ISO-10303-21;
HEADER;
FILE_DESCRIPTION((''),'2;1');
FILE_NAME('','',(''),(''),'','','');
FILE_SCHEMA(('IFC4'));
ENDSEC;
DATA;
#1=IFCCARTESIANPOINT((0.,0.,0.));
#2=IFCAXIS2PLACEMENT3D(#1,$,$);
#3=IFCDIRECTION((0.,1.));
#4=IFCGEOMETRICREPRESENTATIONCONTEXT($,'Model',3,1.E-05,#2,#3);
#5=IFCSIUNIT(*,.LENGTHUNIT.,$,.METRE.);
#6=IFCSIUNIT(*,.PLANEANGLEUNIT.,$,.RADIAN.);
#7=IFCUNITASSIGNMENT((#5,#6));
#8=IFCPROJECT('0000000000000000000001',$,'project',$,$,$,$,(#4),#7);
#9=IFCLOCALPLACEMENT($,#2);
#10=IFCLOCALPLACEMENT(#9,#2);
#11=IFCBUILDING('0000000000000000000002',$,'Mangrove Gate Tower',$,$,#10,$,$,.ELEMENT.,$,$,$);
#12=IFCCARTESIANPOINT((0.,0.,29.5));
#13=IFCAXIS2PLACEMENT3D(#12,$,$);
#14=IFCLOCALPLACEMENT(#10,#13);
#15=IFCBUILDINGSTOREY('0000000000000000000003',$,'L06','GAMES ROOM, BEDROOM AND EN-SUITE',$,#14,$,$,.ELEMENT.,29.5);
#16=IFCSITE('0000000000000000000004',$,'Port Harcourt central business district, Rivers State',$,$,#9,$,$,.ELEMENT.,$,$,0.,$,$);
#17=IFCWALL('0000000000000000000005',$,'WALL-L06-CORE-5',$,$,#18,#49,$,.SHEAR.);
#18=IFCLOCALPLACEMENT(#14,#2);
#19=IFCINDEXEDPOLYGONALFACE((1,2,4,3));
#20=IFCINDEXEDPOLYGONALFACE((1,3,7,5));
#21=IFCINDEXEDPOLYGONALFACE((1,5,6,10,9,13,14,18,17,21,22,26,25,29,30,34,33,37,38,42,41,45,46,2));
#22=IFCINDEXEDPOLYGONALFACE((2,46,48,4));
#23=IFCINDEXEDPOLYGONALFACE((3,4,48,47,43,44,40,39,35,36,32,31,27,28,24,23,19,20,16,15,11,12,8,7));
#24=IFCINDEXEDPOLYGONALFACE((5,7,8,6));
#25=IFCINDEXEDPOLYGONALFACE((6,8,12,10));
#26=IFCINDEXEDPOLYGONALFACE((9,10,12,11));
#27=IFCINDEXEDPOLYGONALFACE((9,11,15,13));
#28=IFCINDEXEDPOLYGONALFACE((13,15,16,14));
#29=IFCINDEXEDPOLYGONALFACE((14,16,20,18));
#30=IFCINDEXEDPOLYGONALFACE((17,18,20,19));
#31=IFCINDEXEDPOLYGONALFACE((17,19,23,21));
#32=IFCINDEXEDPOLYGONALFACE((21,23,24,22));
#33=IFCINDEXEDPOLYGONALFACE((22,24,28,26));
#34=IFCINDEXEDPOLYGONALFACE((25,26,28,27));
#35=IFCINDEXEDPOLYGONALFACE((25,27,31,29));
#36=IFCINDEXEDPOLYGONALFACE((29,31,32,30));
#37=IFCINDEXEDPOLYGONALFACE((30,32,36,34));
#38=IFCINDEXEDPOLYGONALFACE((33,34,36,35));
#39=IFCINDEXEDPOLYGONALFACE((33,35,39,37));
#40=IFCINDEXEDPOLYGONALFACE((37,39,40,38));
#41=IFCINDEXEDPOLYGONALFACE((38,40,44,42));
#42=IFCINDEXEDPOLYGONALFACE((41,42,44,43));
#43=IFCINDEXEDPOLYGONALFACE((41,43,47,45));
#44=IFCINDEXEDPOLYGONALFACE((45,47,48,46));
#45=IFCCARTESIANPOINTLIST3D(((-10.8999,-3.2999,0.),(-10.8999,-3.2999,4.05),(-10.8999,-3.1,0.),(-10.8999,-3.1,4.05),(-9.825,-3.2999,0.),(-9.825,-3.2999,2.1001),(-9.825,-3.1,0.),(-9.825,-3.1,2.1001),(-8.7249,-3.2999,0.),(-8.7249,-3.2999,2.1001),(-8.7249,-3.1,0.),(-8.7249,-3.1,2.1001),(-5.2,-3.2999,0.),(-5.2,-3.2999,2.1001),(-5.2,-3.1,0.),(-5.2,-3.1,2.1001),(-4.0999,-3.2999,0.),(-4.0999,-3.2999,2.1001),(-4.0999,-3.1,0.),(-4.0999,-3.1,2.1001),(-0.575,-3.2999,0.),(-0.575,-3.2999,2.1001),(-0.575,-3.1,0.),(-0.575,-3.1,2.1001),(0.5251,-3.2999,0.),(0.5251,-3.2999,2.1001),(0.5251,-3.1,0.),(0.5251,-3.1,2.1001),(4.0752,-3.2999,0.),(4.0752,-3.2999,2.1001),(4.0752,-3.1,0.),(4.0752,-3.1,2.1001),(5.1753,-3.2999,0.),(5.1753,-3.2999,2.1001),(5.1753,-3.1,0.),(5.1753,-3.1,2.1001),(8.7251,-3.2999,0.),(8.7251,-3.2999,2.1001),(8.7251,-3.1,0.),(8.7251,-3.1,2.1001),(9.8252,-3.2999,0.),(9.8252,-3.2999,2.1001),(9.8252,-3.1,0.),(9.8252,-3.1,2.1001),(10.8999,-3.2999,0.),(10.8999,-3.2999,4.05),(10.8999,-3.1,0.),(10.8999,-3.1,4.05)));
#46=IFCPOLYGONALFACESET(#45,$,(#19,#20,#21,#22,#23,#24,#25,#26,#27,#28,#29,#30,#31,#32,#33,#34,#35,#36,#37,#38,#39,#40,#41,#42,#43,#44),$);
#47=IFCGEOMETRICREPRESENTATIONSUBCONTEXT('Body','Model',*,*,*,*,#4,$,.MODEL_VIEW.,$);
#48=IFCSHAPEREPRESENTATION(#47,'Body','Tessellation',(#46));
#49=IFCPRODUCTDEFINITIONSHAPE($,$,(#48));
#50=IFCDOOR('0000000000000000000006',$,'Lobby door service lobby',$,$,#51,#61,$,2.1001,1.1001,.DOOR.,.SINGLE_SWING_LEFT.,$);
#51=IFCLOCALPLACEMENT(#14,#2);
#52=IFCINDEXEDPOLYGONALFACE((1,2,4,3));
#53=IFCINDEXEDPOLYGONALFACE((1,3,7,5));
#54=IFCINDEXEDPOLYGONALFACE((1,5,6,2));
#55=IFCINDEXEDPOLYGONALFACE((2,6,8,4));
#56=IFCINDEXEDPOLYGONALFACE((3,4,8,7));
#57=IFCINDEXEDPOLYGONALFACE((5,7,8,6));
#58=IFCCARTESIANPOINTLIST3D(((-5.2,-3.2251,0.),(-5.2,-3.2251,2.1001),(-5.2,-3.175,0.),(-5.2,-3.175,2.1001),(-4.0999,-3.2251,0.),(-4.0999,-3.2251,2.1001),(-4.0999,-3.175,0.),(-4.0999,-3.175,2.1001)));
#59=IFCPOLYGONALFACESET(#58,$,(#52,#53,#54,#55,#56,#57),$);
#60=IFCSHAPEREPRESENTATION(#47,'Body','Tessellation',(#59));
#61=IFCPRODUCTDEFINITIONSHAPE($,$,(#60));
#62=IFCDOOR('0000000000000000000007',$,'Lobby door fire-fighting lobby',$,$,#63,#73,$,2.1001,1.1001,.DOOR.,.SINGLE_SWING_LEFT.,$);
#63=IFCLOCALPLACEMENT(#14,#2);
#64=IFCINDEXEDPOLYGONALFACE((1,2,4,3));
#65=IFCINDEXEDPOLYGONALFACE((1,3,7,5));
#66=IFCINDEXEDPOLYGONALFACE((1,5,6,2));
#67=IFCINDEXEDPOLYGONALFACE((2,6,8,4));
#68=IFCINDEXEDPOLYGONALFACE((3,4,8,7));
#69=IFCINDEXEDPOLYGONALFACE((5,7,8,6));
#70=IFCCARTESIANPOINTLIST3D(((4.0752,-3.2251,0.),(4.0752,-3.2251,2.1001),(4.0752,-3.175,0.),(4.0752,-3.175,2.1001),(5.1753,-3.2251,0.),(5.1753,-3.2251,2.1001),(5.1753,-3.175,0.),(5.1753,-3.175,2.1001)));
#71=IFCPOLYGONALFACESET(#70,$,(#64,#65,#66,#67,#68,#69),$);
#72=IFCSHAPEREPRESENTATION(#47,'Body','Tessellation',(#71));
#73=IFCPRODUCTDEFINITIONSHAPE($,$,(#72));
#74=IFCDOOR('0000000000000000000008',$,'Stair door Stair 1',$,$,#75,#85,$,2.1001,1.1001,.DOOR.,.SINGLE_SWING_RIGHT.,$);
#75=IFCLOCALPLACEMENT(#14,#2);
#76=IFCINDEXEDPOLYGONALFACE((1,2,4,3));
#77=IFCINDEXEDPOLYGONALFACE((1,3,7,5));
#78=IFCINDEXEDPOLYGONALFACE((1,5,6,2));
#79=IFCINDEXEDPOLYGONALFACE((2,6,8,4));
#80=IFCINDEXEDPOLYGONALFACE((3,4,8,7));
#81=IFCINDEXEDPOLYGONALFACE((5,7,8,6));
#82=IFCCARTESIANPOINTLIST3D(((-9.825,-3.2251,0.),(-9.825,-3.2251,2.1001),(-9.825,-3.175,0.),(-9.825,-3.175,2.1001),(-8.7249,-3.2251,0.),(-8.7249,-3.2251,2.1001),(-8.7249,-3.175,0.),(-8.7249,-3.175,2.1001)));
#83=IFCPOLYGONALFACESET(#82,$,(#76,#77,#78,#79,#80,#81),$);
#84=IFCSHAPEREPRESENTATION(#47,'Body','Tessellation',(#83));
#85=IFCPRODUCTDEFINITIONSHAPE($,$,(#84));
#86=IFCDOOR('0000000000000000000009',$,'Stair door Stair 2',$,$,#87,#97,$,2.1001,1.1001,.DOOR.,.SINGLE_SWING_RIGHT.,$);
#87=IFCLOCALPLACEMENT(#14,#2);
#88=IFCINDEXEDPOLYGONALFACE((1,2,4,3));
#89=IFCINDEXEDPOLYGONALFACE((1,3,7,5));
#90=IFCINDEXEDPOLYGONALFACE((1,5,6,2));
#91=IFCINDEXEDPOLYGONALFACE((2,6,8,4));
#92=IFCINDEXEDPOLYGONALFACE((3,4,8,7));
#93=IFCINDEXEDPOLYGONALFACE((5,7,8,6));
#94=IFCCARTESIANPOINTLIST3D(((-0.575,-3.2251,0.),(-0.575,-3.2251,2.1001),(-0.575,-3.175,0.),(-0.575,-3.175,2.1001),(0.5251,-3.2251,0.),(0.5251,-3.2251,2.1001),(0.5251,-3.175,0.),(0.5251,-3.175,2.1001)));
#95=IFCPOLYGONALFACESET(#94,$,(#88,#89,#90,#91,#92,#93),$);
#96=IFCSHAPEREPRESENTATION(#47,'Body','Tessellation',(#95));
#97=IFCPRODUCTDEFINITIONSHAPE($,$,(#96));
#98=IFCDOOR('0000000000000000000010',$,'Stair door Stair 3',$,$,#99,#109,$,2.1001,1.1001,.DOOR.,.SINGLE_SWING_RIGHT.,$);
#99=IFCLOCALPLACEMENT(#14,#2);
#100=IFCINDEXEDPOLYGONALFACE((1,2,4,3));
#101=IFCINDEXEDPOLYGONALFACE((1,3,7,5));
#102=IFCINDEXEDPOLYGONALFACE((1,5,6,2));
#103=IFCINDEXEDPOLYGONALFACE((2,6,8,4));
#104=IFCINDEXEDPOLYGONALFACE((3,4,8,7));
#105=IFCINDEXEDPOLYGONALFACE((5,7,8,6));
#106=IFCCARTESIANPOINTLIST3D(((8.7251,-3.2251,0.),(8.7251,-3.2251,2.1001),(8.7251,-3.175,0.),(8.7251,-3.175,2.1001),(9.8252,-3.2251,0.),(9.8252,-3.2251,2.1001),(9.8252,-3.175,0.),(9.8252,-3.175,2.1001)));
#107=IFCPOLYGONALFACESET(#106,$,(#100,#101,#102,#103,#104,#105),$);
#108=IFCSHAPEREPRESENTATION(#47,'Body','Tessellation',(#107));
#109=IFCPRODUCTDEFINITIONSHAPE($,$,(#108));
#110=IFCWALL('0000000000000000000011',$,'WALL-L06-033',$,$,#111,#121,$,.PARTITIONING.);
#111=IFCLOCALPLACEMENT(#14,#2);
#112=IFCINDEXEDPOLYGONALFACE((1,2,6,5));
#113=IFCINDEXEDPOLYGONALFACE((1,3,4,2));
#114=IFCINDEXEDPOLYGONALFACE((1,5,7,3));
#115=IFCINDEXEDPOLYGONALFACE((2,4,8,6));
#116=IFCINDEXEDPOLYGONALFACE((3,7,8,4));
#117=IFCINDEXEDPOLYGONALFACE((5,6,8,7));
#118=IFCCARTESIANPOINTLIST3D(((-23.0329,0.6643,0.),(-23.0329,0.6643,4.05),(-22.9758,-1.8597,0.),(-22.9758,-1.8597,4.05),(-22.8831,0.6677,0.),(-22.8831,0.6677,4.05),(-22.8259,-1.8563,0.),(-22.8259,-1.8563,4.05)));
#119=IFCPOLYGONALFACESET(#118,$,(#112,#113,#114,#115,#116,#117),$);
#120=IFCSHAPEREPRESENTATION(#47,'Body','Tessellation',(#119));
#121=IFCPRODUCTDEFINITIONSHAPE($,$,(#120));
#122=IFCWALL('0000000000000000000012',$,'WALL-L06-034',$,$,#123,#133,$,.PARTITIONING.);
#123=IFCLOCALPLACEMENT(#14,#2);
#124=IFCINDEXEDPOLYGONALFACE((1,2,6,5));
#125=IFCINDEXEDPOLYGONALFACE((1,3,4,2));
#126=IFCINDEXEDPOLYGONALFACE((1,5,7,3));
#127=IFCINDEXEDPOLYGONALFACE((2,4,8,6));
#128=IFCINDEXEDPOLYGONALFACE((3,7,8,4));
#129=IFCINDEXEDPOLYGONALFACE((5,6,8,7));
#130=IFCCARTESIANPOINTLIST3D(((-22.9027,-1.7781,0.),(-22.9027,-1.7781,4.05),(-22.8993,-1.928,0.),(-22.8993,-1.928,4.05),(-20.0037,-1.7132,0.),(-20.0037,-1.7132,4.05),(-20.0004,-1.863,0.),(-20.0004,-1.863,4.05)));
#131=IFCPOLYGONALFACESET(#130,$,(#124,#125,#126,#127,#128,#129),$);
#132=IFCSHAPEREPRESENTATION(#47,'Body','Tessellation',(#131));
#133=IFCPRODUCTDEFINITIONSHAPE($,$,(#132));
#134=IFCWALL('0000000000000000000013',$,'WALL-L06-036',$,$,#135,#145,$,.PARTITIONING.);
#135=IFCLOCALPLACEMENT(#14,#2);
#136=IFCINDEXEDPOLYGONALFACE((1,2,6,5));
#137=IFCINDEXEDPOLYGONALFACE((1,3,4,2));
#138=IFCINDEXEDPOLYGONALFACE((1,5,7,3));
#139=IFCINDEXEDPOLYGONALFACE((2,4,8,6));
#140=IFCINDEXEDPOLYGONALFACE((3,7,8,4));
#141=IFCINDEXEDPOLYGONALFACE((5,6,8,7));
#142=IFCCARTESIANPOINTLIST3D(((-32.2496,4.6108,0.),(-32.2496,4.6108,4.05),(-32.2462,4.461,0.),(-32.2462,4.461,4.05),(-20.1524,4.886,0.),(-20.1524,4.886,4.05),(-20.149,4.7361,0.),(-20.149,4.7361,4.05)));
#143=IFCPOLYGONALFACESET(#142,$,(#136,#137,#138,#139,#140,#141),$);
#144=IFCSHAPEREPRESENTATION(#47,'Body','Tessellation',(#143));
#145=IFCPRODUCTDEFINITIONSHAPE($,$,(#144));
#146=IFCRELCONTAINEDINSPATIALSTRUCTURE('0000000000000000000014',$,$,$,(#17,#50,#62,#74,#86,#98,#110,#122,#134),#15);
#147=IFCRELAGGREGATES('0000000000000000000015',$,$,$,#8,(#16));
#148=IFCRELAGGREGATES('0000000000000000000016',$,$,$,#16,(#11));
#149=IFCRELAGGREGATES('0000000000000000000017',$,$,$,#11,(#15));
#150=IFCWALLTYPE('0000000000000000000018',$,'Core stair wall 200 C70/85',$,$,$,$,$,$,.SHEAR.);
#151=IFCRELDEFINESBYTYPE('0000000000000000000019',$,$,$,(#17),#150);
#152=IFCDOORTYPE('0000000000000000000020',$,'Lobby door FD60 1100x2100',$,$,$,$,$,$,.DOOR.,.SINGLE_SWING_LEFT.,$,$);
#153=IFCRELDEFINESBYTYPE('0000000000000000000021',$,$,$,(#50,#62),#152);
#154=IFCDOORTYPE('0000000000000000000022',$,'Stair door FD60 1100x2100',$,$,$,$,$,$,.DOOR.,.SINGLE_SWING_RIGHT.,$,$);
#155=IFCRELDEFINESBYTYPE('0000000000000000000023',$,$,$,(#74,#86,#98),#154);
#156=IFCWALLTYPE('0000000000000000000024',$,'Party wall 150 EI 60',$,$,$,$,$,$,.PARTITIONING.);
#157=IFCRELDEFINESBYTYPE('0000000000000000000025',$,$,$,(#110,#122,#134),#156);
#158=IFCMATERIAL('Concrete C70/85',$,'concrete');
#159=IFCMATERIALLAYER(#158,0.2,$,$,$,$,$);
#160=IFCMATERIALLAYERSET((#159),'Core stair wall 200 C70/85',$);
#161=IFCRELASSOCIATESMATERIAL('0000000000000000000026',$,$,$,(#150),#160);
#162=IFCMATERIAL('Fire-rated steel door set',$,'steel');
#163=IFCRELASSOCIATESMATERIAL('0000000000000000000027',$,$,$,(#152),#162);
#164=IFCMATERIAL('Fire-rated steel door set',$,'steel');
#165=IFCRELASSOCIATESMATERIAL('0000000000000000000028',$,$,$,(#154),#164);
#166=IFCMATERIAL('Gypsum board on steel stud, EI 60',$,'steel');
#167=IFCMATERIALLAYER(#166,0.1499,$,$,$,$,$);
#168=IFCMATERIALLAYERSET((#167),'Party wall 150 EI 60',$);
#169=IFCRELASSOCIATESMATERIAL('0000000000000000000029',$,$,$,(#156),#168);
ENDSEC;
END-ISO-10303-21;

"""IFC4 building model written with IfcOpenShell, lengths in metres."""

from ifc_helpers import new_model, si_unit, direction, frame, frame_2d, origin, place, context, subcontext, project, spatial, rectangle, extrude, material, layer, layer_set, type_object, element, fill, save


model = new_model("IFC4")

# Units and contexts
model_context = context("Model", 3, precision=1e-05, world=origin(), true_north=direction((0.0, 1.0)))
body_context = subcontext(model_context, "Body", "Model", "MODEL_VIEW")
ifc_project = project(units=[si_unit("LENGTHUNIT", "METRE"), si_unit("PLANEANGLEUNIT", "RADIAN")], contexts=[model_context])

# Site, building, storey
site_placement = place(None, origin())
site = spatial("IfcSite", under=ifc_project, at=site_placement, Name="Port Harcourt central business district, Rivers State", CompositionType="ELEMENT", RefElevation=0.0)
building_placement = place(site_placement, origin())
building = spatial("IfcBuilding", under=site, at=building_placement, Name="Mangrove Gate Tower", CompositionType="ELEMENT")
storey_placement = place(building_placement, frame((0.0, 0.0, 29.5)))
storey = spatial("IfcBuildingStorey", under=building, at=storey_placement, Name="L06", Description="GAMES ROOM, BEDROOM AND EN-SUITE", CompositionType="ELEMENT", Elevation=29.5)

# Wall, openings, doors
ifc_material_1 = material(Name="Concrete C70/85", Category="concrete")
ifc_layer_1 = layer(ifc_material_1, 0.2)
ifc_layer_set_1 = layer_set([ifc_layer_1], Name="Core stair wall 200 C70/85")
wall_type_1 = type_object("IfcWallType", Name="Core stair wall 200 C70/85", PredefinedType="SHEAR", material=ifc_layer_set_1)
wall_1_placement = place(storey_placement, frame((-10.8999, -3.2, 0.0), z_axis=(0.0, 0.0, 1.0), x_axis=(1.0, 0.0, 0.0)))
wall_1 = element("IfcWall", 1, at=wall_1_placement, inside=storey, type_object=wall_type_1, Name="WALL-L06-CORE-5", PredefinedType="SHEAR", context=body_context, shape_type="SweptSolid", body=[
    extrude(rectangle(XDim=21.7998, YDim=0.2, at=frame_2d((10.8999, 0.0))), origin(), (0.0, 0.0, 1.0), 4.05),
])
opening_1_placement = place(wall_1_placement, frame((1.075, 0.0, 0.0)))
opening_1 = element("IfcOpeningElement", 2, at=opening_1_placement, cuts=wall_1, PredefinedType="OPENING", context=body_context, shape_type="SweptSolid", body=[
    extrude(rectangle(XDim=1.1001, YDim=2.1001, at=frame_2d((0.55, 1.05))), frame((0.0, 0.1099, 0.0), z_axis=(0.0, -1.0, 0.0), x_axis=(1.0, 0.0, 0.0)), (0.0, 0.0, 1.0), 0.22),
])
opening_2_placement = place(wall_1_placement, frame((10.325, 0.0, 0.0)))
opening_2 = element("IfcOpeningElement", 3, at=opening_2_placement, cuts=wall_1, PredefinedType="OPENING", context=body_context, shape_type="SweptSolid", body=[
    extrude(rectangle(XDim=1.1001, YDim=2.1001, at=frame_2d((0.55, 1.05))), frame((0.0, 0.1099, 0.0), z_axis=(0.0, -1.0, 0.0), x_axis=(1.0, 0.0, 0.0)), (0.0, 0.0, 1.0), 0.22),
])
opening_3_placement = place(wall_1_placement, frame((19.625, 0.0, 0.0)))
opening_3 = element("IfcOpeningElement", 4, at=opening_3_placement, cuts=wall_1, PredefinedType="OPENING", context=body_context, shape_type="SweptSolid", body=[
    extrude(rectangle(XDim=1.1001, YDim=2.1001, at=frame_2d((0.55, 1.05))), frame((0.0, 0.1099, 0.0), z_axis=(0.0, -1.0, 0.0), x_axis=(1.0, 0.0, 0.0)), (0.0, 0.0, 1.0), 0.22),
])
opening_4_placement = place(wall_1_placement, frame((5.7, 0.0, 0.0)))
opening_4 = element("IfcOpeningElement", 5, at=opening_4_placement, cuts=wall_1, PredefinedType="OPENING", context=body_context, shape_type="SweptSolid", body=[
    extrude(rectangle(XDim=1.1001, YDim=2.1001, at=frame_2d((0.55, 1.05))), frame((0.0, 0.1099, 0.0), z_axis=(0.0, -1.0, 0.0), x_axis=(1.0, 0.0, 0.0)), (0.0, 0.0, 1.0), 0.22),
])
opening_5_placement = place(wall_1_placement, frame((14.9751, 0.0, 0.0)))
opening_5 = element("IfcOpeningElement", 6, at=opening_5_placement, cuts=wall_1, PredefinedType="OPENING", context=body_context, shape_type="SweptSolid", body=[
    extrude(rectangle(XDim=1.1001, YDim=2.1001, at=frame_2d((0.55, 1.05))), frame((0.0, 0.1099, 0.0), z_axis=(0.0, -1.0, 0.0), x_axis=(1.0, 0.0, 0.0)), (0.0, 0.0, 1.0), 0.22),
])
ifc_material_2 = material(Name="Fire-rated steel door set", Category="steel")
door_type_1 = type_object("IfcDoorType", Name="Lobby door FD60 1100x2100", OperationType="SINGLE_SWING_LEFT", PredefinedType="DOOR", material=ifc_material_2)
door_1_placement = place(opening_4_placement, origin())
door_1 = element("IfcDoor", 7, at=door_1_placement, inside=storey, type_object=door_type_1, Name="Lobby door service lobby", OperationType="SINGLE_SWING_LEFT", OverallHeight=2.1001, OverallWidth=1.1001, PredefinedType="DOOR", context=body_context, shape_type="SweptSolid", body=[
    extrude(rectangle(XDim=1.1001, YDim=2.1001, at=frame_2d((0.55, 1.05))), frame((0.0, 0.0249, 0.0), z_axis=(0.0, -1.0, 0.0), x_axis=(1.0, 0.0, 0.0)), (0.0, 0.0, 1.0), 0.05),
])
fill(opening_4, door_1)
door_2_placement = place(opening_5_placement, origin())
door_2 = element("IfcDoor", 8, at=door_2_placement, inside=storey, type_object=door_type_1, Name="Lobby door fire-fighting lobby", OperationType="SINGLE_SWING_LEFT", OverallHeight=2.1001, OverallWidth=1.1001, PredefinedType="DOOR", context=body_context, shape_type="SweptSolid", body=[
    extrude(rectangle(XDim=1.1001, YDim=2.1001, at=frame_2d((0.55, 1.05))), frame((0.0, 0.0249, 0.0), z_axis=(0.0, -1.0, 0.0), x_axis=(1.0, 0.0, 0.0)), (0.0, 0.0, 1.0), 0.05),
])
fill(opening_5, door_2)
ifc_material_3 = material(Name="Fire-rated steel door set", Category="steel")
door_type_2 = type_object("IfcDoorType", Name="Stair door FD60 1100x2100", OperationType="SINGLE_SWING_RIGHT", PredefinedType="DOOR", material=ifc_material_3)
door_3_placement = place(opening_1_placement, origin())
door_3 = element("IfcDoor", 9, at=door_3_placement, inside=storey, type_object=door_type_2, Name="Stair door Stair 1", OperationType="SINGLE_SWING_RIGHT", OverallHeight=2.1001, OverallWidth=1.1001, PredefinedType="DOOR", context=body_context, shape_type="SweptSolid", body=[
    extrude(rectangle(XDim=1.1001, YDim=2.1001, at=frame_2d((0.55, 1.05))), frame((0.0, 0.0249, 0.0), z_axis=(0.0, -1.0, 0.0), x_axis=(1.0, 0.0, 0.0)), (0.0, 0.0, 1.0), 0.05),
])
fill(opening_1, door_3)
door_4_placement = place(opening_2_placement, origin())
door_4 = element("IfcDoor", 10, at=door_4_placement, inside=storey, type_object=door_type_2, Name="Stair door Stair 2", OperationType="SINGLE_SWING_RIGHT", OverallHeight=2.1001, OverallWidth=1.1001, PredefinedType="DOOR", context=body_context, shape_type="SweptSolid", body=[
    extrude(rectangle(XDim=1.1001, YDim=2.1001, at=frame_2d((0.55, 1.05))), frame((0.0, 0.0249, 0.0), z_axis=(0.0, -1.0, 0.0), x_axis=(1.0, 0.0, 0.0)), (0.0, 0.0, 1.0), 0.05),
])
fill(opening_2, door_4)
door_5_placement = place(opening_3_placement, origin())
door_5 = element("IfcDoor", 11, at=door_5_placement, inside=storey, type_object=door_type_2, Name="Stair door Stair 3", OperationType="SINGLE_SWING_RIGHT", OverallHeight=2.1001, OverallWidth=1.1001, PredefinedType="DOOR", context=body_context, shape_type="SweptSolid", body=[
    extrude(rectangle(XDim=1.1001, YDim=2.1001, at=frame_2d((0.55, 1.05))), frame((0.0, 0.0249, 0.0), z_axis=(0.0, -1.0, 0.0), x_axis=(1.0, 0.0, 0.0)), (0.0, 0.0, 1.0), 0.05),
])
fill(opening_3, door_5)

# Walls
ifc_material_4 = material(Name="Gypsum board on steel stud, EI 60", Category="steel")
ifc_layer_2 = layer(ifc_material_4, 0.1499)
ifc_layer_set_2 = layer_set([ifc_layer_2], Name="Party wall 150 EI 60")
wall_type_2 = type_object("IfcWallType", Name="Party wall 150 EI 60", PredefinedType="PARTITIONING", material=ifc_layer_set_2)
wall_2_placement = place(storey_placement, frame((-22.9009, -1.8579, 0.0), z_axis=(0.0, 0.0, 1.0), x_axis=(-0.022629, 0.999744, 0.0)))
element("IfcWall", 12, at=wall_2_placement, inside=storey, type_object=wall_type_2, Name="WALL-L06-033", PredefinedType="PARTITIONING", context=body_context, shape_type="SweptSolid", body=[
    extrude(rectangle(XDim=2.5247, YDim=0.1499, at=frame_2d((1.2622, 0.0))), origin(), (0.0, 0.0, 1.0), 4.05),
])
wall_3_placement = place(storey_placement, frame((-22.9009, -1.853, 0.0), z_axis=(0.0, 0.0, 1.0), x_axis=(0.999749, 0.022396, 0.0)))
element("IfcWall", 13, at=wall_3_placement, inside=storey, type_object=wall_type_2, Name="WALL-L06-034", PredefinedType="PARTITIONING", context=body_context, shape_type="SweptSolid", body=[
    extrude(rectangle(XDim=2.8997, YDim=0.1499, at=frame_2d((1.4497, 0.0))), origin(), (0.0, 0.0, 1.0), 4.05),
])
wall_4_placement = place(storey_placement, frame((-32.248, 4.5359, 0.0), z_axis=(0.0, 0.0, 1.0), x_axis=(0.999741, 0.022739, 0.0)))
element("IfcWall", 14, at=wall_4_placement, inside=storey, type_object=wall_type_2, Name="WALL-L06-036", PredefinedType="PARTITIONING", context=body_context, shape_type="SweptSolid", body=[
    extrude(rectangle(XDim=12.1003, YDim=0.1499, at=frame_2d((6.0503, 0.0))), origin(), (0.0, 0.0, 1.0), 4.05),
])

save(model, "model.ifc")
